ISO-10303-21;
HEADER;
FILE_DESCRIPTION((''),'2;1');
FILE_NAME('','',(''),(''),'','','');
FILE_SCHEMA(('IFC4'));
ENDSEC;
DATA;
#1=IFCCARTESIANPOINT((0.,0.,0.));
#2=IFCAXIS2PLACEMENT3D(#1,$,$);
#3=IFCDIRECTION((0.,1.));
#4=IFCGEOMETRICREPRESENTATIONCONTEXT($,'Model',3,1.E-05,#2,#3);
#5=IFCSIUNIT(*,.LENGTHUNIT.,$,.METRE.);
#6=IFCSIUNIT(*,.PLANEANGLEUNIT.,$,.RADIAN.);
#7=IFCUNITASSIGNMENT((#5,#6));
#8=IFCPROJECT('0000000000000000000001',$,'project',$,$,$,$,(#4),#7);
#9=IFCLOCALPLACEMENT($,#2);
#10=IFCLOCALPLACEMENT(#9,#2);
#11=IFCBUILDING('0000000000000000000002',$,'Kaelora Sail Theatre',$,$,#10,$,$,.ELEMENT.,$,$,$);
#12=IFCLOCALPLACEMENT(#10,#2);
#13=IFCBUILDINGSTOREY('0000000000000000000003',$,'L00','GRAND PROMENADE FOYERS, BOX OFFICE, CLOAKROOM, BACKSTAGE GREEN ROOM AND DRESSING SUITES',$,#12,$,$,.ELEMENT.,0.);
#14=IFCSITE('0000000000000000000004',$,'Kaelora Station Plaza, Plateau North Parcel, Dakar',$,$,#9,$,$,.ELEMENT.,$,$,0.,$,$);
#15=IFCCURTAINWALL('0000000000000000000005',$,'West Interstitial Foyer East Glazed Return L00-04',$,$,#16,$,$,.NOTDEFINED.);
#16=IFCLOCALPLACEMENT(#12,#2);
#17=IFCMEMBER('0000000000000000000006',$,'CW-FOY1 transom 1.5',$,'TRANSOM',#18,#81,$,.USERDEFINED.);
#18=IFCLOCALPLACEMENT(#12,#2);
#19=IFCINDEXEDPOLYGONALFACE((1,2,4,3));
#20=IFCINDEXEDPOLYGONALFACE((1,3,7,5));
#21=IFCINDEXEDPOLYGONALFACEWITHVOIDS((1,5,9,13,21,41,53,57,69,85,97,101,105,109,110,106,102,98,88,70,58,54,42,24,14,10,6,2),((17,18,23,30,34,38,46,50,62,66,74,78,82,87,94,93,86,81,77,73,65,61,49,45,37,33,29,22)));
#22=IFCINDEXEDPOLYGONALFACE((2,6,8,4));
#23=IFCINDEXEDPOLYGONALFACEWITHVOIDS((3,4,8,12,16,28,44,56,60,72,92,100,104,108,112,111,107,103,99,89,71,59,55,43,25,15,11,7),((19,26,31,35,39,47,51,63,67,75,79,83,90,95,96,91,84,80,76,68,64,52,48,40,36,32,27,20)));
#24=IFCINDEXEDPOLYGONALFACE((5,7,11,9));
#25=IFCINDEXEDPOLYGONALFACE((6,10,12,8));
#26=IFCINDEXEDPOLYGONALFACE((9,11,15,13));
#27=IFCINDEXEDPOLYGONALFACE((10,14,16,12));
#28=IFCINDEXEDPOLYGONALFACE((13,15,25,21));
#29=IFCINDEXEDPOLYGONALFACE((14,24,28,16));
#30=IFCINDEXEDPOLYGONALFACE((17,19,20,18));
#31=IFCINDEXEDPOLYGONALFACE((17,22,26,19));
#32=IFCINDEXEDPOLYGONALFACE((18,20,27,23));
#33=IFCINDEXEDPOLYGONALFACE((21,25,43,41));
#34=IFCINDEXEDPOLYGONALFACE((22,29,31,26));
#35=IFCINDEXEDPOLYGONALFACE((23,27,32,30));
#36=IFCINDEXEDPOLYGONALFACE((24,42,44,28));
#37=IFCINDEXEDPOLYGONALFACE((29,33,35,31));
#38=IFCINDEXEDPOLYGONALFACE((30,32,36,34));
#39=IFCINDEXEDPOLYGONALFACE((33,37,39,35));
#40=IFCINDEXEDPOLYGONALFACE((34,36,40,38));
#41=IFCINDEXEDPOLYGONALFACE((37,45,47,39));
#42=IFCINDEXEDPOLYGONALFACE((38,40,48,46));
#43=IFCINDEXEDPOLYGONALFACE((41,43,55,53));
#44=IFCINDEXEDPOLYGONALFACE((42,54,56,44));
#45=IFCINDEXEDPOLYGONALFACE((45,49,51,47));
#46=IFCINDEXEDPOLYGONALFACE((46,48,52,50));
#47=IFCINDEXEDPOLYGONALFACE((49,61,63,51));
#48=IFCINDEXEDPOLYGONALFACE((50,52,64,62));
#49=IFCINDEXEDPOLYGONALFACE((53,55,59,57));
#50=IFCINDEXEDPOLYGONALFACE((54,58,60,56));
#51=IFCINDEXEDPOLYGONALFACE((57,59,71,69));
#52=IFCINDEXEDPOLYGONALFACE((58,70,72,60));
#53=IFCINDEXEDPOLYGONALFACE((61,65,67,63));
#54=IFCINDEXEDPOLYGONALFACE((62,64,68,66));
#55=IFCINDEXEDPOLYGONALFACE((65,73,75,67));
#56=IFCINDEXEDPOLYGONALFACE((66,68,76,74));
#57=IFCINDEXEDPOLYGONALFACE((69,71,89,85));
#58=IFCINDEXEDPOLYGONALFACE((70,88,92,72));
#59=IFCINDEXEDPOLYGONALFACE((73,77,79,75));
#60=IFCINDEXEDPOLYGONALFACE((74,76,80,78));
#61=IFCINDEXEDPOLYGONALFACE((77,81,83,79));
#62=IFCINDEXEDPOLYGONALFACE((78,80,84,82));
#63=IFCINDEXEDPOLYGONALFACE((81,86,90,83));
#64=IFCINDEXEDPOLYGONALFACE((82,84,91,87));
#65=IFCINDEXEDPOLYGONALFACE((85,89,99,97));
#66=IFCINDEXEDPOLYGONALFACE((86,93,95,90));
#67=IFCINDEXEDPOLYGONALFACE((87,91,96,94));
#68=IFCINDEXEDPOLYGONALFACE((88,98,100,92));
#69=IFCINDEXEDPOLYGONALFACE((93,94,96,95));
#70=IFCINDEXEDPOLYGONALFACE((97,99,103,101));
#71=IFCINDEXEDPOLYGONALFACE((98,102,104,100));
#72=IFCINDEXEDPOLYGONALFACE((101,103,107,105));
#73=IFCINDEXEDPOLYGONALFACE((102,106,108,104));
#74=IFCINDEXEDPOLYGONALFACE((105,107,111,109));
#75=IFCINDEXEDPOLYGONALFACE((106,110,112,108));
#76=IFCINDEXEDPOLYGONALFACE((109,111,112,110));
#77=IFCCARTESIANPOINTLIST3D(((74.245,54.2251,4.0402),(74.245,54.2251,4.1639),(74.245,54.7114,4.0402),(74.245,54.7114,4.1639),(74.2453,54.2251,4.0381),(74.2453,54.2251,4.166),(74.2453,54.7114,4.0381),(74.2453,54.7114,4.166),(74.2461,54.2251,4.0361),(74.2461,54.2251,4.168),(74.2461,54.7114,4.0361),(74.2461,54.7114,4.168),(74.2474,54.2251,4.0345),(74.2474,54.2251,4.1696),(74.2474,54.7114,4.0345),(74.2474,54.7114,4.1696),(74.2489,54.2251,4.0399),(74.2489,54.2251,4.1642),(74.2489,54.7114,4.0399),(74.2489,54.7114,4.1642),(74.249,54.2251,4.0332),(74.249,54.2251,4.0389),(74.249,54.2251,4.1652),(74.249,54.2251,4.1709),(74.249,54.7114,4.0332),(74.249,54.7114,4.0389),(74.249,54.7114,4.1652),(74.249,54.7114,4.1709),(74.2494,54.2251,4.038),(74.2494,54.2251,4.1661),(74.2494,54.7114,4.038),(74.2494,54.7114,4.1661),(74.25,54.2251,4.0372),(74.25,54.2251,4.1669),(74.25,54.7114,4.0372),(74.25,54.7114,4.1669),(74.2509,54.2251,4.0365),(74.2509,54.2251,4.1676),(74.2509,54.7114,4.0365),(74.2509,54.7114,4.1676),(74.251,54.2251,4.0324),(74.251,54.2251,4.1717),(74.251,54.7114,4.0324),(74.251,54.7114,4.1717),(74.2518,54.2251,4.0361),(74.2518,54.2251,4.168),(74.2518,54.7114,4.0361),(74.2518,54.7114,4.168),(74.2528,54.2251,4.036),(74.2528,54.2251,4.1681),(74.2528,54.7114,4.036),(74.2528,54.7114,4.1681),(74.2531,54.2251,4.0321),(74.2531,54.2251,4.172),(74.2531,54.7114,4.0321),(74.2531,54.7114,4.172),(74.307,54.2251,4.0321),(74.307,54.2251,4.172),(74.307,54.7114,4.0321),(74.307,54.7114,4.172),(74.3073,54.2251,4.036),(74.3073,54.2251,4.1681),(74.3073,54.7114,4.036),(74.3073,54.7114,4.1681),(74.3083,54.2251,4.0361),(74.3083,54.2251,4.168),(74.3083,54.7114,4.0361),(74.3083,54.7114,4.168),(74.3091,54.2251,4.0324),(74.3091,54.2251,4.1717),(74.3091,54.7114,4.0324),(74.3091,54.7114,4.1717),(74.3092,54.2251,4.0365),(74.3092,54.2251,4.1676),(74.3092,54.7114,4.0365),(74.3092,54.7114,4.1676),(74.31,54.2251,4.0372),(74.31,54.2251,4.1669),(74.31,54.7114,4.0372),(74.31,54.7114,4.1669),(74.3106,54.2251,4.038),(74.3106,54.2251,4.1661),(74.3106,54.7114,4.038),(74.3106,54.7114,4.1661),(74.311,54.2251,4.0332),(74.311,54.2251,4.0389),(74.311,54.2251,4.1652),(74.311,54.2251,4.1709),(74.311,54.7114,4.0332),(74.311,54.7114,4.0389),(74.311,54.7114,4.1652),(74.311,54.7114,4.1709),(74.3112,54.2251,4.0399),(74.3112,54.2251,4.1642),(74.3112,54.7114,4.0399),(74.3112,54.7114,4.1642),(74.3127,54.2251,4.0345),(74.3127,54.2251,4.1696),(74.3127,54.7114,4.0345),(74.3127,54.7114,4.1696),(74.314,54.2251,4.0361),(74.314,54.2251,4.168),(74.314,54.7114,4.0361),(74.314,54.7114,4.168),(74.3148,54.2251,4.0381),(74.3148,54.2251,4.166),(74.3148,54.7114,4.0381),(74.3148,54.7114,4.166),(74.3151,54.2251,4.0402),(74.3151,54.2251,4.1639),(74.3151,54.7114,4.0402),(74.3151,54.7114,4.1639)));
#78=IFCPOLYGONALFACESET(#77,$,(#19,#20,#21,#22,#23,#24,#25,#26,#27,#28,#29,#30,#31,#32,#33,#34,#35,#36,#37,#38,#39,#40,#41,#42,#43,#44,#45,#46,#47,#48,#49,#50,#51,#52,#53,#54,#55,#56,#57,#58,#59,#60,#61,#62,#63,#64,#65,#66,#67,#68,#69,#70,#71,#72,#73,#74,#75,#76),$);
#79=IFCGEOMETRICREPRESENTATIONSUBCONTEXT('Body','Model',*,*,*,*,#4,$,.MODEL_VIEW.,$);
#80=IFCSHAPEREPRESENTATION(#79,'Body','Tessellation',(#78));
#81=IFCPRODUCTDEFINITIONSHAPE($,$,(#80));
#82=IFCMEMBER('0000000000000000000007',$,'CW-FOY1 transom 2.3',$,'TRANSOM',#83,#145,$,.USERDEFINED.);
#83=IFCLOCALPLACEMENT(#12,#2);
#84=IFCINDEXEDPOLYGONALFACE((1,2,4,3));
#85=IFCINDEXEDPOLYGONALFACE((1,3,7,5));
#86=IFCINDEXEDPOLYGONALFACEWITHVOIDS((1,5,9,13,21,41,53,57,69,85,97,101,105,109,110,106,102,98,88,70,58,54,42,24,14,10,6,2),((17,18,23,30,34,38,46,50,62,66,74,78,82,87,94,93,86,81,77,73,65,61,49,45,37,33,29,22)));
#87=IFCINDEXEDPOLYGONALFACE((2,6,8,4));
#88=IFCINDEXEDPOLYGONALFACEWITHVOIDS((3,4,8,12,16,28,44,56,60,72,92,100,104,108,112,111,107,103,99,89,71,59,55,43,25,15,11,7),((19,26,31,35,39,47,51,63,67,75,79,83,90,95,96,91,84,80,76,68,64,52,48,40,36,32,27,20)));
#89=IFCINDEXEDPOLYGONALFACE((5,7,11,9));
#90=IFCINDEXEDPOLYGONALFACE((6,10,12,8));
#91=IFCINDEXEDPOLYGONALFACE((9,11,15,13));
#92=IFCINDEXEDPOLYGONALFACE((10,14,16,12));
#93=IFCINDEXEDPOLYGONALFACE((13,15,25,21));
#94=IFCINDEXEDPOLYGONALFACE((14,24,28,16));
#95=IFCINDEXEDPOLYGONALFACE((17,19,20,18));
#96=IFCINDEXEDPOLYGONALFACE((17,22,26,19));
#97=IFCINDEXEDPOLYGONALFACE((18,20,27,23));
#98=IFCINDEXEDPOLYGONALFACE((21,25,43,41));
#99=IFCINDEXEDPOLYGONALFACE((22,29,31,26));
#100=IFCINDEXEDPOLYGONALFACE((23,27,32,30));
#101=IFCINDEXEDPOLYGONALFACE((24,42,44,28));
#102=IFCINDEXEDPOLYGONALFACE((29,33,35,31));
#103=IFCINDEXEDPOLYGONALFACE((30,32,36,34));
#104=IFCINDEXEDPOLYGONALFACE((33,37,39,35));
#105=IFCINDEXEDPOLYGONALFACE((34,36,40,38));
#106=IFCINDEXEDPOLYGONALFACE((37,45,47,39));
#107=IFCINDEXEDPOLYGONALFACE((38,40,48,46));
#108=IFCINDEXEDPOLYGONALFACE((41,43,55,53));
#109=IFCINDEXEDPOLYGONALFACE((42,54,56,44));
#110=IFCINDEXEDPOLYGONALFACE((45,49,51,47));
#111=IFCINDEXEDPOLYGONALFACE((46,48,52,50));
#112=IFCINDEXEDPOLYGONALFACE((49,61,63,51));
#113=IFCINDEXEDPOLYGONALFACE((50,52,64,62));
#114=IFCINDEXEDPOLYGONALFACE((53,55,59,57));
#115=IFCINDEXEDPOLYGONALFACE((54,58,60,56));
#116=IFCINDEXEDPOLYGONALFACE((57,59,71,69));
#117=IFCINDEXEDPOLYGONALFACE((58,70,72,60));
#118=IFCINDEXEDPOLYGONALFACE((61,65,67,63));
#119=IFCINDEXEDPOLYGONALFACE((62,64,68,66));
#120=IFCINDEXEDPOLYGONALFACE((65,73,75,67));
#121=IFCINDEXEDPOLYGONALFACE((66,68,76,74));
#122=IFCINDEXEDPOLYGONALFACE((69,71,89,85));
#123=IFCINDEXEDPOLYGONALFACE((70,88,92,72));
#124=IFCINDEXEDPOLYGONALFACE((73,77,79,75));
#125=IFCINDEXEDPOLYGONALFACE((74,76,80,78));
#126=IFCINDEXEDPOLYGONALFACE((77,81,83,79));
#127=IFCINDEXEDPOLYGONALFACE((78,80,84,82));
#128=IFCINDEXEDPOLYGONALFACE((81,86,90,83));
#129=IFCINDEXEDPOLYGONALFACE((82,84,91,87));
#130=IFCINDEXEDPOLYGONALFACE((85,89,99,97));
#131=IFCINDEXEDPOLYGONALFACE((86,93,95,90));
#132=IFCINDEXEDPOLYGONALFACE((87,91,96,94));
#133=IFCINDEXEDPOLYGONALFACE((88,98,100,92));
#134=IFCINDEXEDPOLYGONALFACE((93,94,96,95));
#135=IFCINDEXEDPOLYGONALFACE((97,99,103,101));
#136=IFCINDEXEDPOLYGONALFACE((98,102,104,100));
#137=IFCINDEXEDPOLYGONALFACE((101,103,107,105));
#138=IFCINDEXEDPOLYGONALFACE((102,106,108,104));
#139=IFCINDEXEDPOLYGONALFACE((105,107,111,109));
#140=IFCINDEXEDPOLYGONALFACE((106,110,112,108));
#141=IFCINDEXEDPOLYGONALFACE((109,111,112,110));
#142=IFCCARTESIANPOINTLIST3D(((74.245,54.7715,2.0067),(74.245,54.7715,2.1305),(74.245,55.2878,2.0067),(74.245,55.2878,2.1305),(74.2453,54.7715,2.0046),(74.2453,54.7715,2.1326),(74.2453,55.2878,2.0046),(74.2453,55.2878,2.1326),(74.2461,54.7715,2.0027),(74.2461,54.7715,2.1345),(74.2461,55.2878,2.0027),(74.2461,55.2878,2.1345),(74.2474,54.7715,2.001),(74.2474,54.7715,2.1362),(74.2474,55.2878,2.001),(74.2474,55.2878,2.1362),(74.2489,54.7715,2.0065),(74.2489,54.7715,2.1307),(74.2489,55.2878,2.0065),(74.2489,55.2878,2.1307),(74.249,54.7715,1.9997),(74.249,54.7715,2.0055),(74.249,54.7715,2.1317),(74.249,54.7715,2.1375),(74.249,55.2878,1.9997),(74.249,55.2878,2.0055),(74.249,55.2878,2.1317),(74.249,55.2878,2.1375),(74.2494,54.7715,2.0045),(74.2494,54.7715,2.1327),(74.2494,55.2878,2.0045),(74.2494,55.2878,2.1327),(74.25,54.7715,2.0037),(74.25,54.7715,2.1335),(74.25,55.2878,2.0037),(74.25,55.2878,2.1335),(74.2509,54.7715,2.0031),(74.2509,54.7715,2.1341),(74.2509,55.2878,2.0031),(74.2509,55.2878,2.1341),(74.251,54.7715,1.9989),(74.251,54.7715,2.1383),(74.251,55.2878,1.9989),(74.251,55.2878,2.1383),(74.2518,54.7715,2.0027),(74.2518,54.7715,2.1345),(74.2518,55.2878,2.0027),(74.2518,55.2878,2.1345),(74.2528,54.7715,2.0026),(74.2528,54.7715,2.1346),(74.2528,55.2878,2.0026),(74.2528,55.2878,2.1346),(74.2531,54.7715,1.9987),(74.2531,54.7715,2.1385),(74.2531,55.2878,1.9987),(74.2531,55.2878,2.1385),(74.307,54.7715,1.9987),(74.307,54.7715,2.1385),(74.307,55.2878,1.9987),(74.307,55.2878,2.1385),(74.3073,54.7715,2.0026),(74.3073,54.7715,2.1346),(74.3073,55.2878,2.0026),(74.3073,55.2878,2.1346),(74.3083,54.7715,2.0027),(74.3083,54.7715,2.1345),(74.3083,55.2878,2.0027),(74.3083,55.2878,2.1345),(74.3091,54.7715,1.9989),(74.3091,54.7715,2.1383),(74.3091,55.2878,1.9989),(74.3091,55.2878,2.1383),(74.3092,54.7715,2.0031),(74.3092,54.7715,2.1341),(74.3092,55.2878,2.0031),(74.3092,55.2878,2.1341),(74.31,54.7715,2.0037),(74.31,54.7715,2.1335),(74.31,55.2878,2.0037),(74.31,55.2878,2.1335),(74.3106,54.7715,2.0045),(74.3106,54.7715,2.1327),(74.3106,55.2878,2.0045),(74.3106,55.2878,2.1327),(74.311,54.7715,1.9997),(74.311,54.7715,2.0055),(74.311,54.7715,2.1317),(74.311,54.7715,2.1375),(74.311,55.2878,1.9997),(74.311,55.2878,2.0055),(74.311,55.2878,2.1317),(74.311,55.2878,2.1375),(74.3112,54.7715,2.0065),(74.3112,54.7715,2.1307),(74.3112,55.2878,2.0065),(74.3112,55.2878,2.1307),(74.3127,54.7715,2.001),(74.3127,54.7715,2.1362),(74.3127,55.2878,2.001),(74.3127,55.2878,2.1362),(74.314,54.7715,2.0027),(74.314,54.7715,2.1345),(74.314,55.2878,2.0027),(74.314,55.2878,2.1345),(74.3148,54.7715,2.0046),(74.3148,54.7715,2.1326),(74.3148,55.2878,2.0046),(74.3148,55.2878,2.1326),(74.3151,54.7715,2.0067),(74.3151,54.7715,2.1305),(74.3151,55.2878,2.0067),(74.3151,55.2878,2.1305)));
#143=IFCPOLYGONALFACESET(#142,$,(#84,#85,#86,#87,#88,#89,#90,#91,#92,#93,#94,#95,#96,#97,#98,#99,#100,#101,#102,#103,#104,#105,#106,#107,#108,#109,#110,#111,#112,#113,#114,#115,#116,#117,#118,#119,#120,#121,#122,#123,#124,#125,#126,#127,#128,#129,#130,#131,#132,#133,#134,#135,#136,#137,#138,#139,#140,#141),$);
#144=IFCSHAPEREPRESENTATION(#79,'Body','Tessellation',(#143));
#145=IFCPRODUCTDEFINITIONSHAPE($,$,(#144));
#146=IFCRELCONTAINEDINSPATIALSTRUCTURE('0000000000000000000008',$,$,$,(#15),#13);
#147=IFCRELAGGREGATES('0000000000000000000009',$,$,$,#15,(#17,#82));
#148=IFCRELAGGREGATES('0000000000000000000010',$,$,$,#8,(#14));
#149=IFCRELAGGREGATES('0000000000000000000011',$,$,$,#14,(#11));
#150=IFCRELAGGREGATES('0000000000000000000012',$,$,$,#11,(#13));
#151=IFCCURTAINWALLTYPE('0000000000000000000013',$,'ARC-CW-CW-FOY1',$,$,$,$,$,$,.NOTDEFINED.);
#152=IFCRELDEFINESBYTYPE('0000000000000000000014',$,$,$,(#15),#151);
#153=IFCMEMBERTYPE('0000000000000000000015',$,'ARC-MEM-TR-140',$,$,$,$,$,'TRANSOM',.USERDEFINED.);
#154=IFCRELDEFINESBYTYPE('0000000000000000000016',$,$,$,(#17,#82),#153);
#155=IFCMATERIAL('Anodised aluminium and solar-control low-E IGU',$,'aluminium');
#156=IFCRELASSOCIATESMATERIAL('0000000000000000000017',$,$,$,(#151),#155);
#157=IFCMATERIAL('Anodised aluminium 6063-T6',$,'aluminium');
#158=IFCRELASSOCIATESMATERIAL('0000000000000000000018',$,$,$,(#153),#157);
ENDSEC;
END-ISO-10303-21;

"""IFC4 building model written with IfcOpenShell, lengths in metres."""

from ifc_helpers import new_model, si_unit, direction, frame, origin, origin_2d, place, context, subcontext, project, spatial, hollow_rectangle, extrude, material, material_profile, profile_set, type_object, element, aggregate, save


model = new_model("IFC4")

# Units and contexts
model_context = context("Model", 3, precision=1e-05, world=origin(), true_north=direction((0.0, 1.0)))
body_context = subcontext(model_context, "Body", "Model", "MODEL_VIEW")
ifc_project = project(units=[si_unit("LENGTHUNIT", "METRE"), si_unit("PLANEANGLEUNIT", "RADIAN")], contexts=[model_context])

# Site, building, storey
site_placement = place(None, origin())
site = spatial("IfcSite", under=ifc_project, at=site_placement, Name="Kaelora Station Plaza, Plateau North Parcel, Dakar", CompositionType="ELEMENT", RefElevation=0.0)
building_placement = place(site_placement, origin())
building = spatial("IfcBuilding", under=site, at=building_placement, Name="Kaelora Sail Theatre", CompositionType="ELEMENT")
storey_placement = place(building_placement, origin())
storey = spatial("IfcBuildingStorey", under=building, at=storey_placement, Name="L00", Description="GRAND PROMENADE FOYERS, BOX OFFICE, CLOAKROOM, BACKSTAGE GREEN ROOM AND DRESSING SUITES", CompositionType="ELEMENT", Elevation=0.0)

# Curtain wall, members
ifc_material_1 = material(Name="Anodised aluminium and solar-control low-E IGU", Category="aluminium")
curtain_wall_type = type_object("IfcCurtainWallType", Name="ARC-CW-CW-FOY1", PredefinedType="NOTDEFINED", material=ifc_material_1)
curtain_wall_placement = place(storey_placement, origin())
curtain_wall = element("IfcCurtainWall", 1, at=curtain_wall_placement, inside=storey, type_object=curtain_wall_type, Name="West Interstitial Foyer East Glazed Return L00-04", PredefinedType="NOTDEFINED")
ifc_material_2 = material(Name="Anodised aluminium 6063-T6", Category="aluminium")
ifc_material_profile = material_profile(ifc_material_2, hollow_rectangle(XDim=0.0701, YDim=0.1399, WallThickness=0.0039, InnerFilletRadius=0.0039, OuterFilletRadius=0.0081, at=origin_2d()), Name="ALU-TRAN 70x140x4")
ifc_profile_set = profile_set([ifc_material_profile], Name="Anodised aluminium 6063-T6")
member_type = type_object("IfcMemberType", Name="ARC-MEM-TR-140", ElementType="TRANSOM", PredefinedType="USERDEFINED", material=ifc_profile_set)
member_1_placement = place(storey_placement, frame((74.28, 54.2251, 4.1021), z_axis=(0.0, 1.0, 0.0), x_axis=(-1.0, 0.0, 0.0)))
member_1 = element("IfcMember", 2, at=member_1_placement, type_object=member_type, Name="CW-FOY1 transom 1.5", ObjectType="TRANSOM", PredefinedType="USERDEFINED", context=body_context, shape_type="SweptSolid", body=[
    extrude(hollow_rectangle(XDim=0.0701, YDim=0.1399, WallThickness=0.0039, InnerFilletRadius=0.0039, OuterFilletRadius=0.0081, at=origin_2d()), origin(), (0.0, 0.0, 1.0), 0.4863),
])
member_2_placement = place(storey_placement, frame((74.28, 54.7715, 2.0686), z_axis=(0.0, 1.0, 0.0), x_axis=(-1.0, 0.0, 0.0)))
member_2 = element("IfcMember", 3, at=member_2_placement, type_object=member_type, Name="CW-FOY1 transom 2.3", ObjectType="TRANSOM", PredefinedType="USERDEFINED", context=body_context, shape_type="SweptSolid", body=[
    extrude(hollow_rectangle(XDim=0.0701, YDim=0.1399, WallThickness=0.0039, InnerFilletRadius=0.0039, OuterFilletRadius=0.0081, at=origin_2d()), origin(), (0.0, 0.0, 1.0), 0.5164),
])
aggregate(curtain_wall, [member_1, member_2])

save(model, "model.ifc")
